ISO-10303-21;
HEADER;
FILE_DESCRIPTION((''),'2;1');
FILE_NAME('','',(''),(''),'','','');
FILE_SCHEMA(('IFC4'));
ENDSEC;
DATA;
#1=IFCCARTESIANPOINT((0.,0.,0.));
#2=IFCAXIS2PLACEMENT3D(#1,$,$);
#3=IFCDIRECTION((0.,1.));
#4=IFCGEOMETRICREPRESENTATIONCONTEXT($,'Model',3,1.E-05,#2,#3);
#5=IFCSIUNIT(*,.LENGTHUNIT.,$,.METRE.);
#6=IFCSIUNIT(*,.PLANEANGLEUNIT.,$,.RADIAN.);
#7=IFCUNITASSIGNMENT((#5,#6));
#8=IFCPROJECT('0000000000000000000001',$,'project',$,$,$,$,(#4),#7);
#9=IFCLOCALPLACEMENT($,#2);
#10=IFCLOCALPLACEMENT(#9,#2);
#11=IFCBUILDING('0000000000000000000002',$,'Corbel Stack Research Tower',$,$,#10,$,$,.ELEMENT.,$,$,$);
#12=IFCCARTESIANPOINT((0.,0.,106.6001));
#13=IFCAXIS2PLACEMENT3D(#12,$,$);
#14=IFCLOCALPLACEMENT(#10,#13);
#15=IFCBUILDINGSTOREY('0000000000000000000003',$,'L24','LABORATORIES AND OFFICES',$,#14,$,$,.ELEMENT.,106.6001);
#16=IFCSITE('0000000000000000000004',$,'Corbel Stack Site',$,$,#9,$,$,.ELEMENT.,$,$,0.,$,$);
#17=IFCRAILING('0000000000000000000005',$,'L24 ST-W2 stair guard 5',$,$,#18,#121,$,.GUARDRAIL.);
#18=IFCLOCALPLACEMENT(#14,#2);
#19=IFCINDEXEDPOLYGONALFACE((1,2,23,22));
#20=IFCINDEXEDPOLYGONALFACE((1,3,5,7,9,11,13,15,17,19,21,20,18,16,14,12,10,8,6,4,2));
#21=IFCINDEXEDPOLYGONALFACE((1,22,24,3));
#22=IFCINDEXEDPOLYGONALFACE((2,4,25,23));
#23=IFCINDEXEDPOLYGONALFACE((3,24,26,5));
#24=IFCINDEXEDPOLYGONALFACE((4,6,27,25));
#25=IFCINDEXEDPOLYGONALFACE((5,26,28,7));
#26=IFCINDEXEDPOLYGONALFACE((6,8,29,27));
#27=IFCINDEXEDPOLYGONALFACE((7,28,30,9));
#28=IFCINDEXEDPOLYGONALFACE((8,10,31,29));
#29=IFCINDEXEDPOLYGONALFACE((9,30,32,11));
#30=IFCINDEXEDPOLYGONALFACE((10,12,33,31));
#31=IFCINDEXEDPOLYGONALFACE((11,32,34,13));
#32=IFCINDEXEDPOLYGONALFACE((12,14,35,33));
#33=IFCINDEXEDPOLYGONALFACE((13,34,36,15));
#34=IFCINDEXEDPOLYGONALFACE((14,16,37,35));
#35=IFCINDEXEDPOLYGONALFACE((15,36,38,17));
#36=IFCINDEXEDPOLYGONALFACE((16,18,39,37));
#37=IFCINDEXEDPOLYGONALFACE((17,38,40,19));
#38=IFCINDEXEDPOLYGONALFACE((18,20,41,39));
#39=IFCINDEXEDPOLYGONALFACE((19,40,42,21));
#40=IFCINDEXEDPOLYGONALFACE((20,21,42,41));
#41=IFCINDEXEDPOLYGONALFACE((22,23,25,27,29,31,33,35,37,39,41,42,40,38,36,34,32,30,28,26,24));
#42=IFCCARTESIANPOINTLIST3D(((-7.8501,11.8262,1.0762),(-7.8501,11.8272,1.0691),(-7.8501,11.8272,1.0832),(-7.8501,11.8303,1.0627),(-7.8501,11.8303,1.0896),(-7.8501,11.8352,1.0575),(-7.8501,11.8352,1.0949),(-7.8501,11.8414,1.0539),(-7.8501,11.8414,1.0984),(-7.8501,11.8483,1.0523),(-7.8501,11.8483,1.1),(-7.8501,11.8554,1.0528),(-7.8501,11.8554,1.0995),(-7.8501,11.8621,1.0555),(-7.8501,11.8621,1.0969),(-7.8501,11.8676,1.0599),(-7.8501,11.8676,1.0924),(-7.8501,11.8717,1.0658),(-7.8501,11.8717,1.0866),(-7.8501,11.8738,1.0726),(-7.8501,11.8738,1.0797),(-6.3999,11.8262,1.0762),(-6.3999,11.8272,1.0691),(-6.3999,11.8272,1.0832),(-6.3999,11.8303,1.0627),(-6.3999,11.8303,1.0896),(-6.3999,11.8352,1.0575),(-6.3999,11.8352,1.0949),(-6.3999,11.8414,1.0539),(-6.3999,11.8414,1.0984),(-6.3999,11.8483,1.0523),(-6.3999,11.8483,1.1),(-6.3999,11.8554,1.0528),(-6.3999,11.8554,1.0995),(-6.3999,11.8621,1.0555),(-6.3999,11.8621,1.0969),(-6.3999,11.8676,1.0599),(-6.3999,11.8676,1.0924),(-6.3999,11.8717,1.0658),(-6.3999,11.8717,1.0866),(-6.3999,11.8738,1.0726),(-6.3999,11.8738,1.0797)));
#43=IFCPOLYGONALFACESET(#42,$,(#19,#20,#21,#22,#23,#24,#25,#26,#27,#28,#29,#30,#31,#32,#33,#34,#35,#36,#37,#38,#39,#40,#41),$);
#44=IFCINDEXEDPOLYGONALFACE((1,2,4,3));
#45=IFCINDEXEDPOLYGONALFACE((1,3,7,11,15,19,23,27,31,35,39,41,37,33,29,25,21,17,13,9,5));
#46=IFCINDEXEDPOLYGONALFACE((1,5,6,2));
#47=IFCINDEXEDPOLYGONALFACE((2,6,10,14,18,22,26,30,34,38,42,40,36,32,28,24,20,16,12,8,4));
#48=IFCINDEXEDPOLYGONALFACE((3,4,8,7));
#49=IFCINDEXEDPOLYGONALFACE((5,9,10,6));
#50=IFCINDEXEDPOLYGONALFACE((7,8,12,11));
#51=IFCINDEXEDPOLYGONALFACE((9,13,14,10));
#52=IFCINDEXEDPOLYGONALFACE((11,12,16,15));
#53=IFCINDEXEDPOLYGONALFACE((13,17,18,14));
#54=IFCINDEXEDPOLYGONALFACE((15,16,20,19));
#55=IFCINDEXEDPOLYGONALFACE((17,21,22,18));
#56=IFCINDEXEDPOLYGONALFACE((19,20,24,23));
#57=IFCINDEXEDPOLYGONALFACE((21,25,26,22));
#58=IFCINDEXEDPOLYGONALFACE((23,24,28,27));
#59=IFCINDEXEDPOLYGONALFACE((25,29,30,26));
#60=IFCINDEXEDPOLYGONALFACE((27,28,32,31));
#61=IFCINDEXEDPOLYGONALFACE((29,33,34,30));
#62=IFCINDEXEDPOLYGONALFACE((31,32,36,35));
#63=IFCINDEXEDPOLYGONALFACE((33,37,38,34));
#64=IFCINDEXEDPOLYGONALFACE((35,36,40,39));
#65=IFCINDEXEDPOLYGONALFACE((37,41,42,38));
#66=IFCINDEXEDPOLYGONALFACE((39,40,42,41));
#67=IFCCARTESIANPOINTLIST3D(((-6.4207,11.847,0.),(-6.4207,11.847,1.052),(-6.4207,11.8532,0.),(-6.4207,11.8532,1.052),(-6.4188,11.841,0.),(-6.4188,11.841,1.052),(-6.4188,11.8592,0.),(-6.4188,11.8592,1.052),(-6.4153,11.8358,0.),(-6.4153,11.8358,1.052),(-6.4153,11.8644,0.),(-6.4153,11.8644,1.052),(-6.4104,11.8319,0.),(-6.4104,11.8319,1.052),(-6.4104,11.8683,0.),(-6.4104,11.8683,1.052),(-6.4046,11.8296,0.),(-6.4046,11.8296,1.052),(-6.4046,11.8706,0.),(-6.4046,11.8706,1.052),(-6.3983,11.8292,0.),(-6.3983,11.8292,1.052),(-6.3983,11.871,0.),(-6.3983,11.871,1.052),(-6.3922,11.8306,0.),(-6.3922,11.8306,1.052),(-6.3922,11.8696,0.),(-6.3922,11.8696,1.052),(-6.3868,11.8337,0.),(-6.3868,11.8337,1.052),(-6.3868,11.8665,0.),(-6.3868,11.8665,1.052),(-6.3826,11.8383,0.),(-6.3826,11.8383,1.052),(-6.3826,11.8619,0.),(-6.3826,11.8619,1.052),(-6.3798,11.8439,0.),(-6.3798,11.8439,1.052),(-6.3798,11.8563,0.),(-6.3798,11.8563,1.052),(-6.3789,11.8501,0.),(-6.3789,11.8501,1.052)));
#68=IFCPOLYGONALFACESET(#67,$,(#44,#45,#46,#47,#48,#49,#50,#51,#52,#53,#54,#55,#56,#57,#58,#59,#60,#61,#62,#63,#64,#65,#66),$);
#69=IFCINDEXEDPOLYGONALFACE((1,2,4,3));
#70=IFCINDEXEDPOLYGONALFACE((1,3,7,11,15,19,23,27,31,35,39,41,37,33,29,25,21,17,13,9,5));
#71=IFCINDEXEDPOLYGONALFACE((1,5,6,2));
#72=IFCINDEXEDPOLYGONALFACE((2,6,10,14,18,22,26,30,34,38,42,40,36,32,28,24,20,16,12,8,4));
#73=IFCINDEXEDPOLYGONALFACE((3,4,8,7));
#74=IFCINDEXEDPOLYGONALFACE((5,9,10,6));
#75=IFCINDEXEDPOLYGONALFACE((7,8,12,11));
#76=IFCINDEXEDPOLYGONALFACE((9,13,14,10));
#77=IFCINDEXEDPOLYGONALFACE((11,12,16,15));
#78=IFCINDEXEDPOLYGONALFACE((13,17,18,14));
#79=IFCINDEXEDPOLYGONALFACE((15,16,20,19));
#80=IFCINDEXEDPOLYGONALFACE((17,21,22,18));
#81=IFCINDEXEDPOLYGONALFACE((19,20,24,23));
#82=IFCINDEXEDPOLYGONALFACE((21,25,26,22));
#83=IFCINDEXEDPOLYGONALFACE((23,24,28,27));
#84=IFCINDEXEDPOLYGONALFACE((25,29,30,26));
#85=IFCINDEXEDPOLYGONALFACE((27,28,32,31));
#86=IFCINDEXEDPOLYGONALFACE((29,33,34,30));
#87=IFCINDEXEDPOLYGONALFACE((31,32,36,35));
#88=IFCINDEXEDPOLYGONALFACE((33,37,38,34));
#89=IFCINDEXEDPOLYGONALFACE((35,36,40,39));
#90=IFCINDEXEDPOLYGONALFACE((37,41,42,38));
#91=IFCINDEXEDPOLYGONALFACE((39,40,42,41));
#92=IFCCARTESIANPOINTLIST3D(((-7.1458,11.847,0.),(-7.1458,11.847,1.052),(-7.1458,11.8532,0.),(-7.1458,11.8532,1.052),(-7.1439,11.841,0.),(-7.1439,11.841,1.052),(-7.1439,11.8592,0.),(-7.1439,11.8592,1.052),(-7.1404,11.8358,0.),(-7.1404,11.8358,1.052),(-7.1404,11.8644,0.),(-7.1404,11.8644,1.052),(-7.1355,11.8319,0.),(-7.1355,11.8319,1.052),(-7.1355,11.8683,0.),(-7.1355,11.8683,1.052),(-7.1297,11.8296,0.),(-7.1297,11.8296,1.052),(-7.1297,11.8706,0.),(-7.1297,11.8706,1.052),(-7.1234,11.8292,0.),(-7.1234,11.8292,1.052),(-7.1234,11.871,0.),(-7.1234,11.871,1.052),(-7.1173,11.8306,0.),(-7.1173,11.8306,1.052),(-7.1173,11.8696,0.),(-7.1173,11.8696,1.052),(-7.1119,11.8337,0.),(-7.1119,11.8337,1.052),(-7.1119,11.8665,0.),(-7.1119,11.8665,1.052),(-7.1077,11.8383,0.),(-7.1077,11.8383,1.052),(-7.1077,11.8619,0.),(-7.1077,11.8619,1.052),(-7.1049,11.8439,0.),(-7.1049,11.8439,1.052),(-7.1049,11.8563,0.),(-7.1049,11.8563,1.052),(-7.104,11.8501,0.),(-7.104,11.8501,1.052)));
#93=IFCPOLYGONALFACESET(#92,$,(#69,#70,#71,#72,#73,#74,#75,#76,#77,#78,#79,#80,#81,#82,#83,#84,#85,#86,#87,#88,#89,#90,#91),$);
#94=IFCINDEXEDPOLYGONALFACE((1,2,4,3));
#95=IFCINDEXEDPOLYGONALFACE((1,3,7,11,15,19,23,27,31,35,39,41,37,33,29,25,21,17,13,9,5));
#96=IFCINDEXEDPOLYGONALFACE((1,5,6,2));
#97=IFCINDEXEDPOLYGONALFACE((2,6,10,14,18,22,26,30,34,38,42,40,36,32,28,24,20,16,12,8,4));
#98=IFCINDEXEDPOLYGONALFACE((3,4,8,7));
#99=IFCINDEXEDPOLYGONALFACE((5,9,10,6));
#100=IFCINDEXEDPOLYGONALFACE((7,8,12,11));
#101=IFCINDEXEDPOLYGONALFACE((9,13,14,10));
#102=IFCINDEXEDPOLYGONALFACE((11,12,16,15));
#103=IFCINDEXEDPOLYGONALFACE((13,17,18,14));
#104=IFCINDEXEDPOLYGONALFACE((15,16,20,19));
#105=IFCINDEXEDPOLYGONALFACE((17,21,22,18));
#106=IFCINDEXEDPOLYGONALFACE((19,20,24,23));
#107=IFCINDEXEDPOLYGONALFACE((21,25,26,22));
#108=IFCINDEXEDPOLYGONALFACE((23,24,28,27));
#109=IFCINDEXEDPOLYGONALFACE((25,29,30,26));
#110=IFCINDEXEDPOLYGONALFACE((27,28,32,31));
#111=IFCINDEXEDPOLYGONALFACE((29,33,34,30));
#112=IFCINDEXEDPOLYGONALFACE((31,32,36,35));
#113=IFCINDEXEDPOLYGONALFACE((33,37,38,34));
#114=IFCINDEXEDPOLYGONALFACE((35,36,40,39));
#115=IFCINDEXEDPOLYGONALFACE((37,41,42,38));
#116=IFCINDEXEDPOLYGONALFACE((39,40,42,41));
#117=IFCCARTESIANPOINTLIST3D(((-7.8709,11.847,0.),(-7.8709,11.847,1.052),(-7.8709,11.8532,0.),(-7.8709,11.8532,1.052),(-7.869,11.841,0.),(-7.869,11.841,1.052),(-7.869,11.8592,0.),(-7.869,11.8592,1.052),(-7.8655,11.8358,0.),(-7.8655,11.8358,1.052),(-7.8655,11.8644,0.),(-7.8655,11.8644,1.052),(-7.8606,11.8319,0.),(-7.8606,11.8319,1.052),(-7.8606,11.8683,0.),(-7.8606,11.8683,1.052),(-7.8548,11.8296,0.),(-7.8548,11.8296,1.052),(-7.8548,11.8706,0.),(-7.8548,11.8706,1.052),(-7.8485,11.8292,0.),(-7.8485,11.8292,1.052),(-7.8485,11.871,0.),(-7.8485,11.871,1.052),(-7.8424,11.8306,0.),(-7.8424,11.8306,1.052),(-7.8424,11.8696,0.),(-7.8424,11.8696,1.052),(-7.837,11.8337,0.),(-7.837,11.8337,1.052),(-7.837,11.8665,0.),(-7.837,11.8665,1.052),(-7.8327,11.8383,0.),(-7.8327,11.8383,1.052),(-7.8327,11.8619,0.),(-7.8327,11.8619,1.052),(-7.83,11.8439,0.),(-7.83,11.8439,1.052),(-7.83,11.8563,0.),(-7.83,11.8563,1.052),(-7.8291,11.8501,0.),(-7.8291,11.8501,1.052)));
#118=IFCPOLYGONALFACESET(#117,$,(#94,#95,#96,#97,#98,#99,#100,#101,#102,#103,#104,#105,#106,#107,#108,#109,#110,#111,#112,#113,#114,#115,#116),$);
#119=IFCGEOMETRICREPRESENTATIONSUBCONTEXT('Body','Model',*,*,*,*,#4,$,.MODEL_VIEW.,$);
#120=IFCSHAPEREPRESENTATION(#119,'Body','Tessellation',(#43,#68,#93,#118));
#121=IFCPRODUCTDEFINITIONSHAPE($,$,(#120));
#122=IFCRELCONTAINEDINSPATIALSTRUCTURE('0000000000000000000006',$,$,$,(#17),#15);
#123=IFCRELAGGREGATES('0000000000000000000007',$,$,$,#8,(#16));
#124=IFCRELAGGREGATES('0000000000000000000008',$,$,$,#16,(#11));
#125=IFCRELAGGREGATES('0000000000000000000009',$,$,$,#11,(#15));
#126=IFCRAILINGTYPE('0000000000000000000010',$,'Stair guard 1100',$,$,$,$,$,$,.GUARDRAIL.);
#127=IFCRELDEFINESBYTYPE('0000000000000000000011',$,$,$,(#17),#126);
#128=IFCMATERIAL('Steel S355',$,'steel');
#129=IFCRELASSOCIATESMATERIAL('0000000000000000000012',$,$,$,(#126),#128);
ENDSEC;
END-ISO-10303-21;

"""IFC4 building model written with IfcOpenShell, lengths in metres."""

from ifc_helpers import new_model, si_unit, direction, frame, origin, origin_2d, place, context, subcontext, project, spatial, circle, extrude, material, type_object, element, save


model = new_model("IFC4")

# Units and contexts
model_context = context("Model", 3, precision=1e-05, world=origin(), true_north=direction((0.0, 1.0)))
body_context = subcontext(model_context, "Body", "Model", "MODEL_VIEW")
ifc_project = project(units=[si_unit("LENGTHUNIT", "METRE"), si_unit("PLANEANGLEUNIT", "RADIAN")], contexts=[model_context])

# Site, building, storey
site_placement = place(None, origin())
site = spatial("IfcSite", under=ifc_project, at=site_placement, Name="Corbel Stack Site", CompositionType="ELEMENT", RefElevation=0.0)
building_placement = place(site_placement, origin())
building = spatial("IfcBuilding", under=site, at=building_placement, Name="Corbel Stack Research Tower", CompositionType="ELEMENT")
storey_placement = place(building_placement, frame((0.0, 0.0, 106.6001)))
storey = spatial("IfcBuildingStorey", under=building, at=storey_placement, Name="L24", Description="LABORATORIES AND OFFICES", CompositionType="ELEMENT", Elevation=106.6001)

# Railing
ifc_material_1 = material(Name="Steel S355", Category="steel")
railing_type_1 = type_object("IfcRailingType", Name="Stair guard 1100", PredefinedType="GUARDRAIL", material=ifc_material_1)
railing_1_placement = place(storey_placement, frame((-6.3999, 11.8501, 0.0)))
element("IfcRailing", 1, at=railing_1_placement, inside=storey, type_object=railing_type_1, Name="L24 ST-W2 stair guard 5", PredefinedType="GUARDRAIL", context=body_context, shape_type="SweptSolid", body=[
    extrude(circle(Radius=0.0239, at=origin_2d()), frame((0.0, 0.0, 1.0762), z_axis=(-1.0, 0.0, 0.0), x_axis=(0.0, -1.0, 0.0)), (0.0, 0.0, 1.0), 1.4502),
    extrude(circle(Radius=0.021, at=origin_2d()), origin(), (0.0, 0.0, 1.0), 1.052),
    extrude(circle(Radius=0.021, at=origin_2d()), frame((-0.7251, 0.0, 0.0)), (0.0, 0.0, 1.0), 1.052),
    extrude(circle(Radius=0.021, at=origin_2d()), frame((-1.4502, 0.0, 0.0)), (0.0, 0.0, 1.0), 1.052),
])

save(model, "model.ifc")
